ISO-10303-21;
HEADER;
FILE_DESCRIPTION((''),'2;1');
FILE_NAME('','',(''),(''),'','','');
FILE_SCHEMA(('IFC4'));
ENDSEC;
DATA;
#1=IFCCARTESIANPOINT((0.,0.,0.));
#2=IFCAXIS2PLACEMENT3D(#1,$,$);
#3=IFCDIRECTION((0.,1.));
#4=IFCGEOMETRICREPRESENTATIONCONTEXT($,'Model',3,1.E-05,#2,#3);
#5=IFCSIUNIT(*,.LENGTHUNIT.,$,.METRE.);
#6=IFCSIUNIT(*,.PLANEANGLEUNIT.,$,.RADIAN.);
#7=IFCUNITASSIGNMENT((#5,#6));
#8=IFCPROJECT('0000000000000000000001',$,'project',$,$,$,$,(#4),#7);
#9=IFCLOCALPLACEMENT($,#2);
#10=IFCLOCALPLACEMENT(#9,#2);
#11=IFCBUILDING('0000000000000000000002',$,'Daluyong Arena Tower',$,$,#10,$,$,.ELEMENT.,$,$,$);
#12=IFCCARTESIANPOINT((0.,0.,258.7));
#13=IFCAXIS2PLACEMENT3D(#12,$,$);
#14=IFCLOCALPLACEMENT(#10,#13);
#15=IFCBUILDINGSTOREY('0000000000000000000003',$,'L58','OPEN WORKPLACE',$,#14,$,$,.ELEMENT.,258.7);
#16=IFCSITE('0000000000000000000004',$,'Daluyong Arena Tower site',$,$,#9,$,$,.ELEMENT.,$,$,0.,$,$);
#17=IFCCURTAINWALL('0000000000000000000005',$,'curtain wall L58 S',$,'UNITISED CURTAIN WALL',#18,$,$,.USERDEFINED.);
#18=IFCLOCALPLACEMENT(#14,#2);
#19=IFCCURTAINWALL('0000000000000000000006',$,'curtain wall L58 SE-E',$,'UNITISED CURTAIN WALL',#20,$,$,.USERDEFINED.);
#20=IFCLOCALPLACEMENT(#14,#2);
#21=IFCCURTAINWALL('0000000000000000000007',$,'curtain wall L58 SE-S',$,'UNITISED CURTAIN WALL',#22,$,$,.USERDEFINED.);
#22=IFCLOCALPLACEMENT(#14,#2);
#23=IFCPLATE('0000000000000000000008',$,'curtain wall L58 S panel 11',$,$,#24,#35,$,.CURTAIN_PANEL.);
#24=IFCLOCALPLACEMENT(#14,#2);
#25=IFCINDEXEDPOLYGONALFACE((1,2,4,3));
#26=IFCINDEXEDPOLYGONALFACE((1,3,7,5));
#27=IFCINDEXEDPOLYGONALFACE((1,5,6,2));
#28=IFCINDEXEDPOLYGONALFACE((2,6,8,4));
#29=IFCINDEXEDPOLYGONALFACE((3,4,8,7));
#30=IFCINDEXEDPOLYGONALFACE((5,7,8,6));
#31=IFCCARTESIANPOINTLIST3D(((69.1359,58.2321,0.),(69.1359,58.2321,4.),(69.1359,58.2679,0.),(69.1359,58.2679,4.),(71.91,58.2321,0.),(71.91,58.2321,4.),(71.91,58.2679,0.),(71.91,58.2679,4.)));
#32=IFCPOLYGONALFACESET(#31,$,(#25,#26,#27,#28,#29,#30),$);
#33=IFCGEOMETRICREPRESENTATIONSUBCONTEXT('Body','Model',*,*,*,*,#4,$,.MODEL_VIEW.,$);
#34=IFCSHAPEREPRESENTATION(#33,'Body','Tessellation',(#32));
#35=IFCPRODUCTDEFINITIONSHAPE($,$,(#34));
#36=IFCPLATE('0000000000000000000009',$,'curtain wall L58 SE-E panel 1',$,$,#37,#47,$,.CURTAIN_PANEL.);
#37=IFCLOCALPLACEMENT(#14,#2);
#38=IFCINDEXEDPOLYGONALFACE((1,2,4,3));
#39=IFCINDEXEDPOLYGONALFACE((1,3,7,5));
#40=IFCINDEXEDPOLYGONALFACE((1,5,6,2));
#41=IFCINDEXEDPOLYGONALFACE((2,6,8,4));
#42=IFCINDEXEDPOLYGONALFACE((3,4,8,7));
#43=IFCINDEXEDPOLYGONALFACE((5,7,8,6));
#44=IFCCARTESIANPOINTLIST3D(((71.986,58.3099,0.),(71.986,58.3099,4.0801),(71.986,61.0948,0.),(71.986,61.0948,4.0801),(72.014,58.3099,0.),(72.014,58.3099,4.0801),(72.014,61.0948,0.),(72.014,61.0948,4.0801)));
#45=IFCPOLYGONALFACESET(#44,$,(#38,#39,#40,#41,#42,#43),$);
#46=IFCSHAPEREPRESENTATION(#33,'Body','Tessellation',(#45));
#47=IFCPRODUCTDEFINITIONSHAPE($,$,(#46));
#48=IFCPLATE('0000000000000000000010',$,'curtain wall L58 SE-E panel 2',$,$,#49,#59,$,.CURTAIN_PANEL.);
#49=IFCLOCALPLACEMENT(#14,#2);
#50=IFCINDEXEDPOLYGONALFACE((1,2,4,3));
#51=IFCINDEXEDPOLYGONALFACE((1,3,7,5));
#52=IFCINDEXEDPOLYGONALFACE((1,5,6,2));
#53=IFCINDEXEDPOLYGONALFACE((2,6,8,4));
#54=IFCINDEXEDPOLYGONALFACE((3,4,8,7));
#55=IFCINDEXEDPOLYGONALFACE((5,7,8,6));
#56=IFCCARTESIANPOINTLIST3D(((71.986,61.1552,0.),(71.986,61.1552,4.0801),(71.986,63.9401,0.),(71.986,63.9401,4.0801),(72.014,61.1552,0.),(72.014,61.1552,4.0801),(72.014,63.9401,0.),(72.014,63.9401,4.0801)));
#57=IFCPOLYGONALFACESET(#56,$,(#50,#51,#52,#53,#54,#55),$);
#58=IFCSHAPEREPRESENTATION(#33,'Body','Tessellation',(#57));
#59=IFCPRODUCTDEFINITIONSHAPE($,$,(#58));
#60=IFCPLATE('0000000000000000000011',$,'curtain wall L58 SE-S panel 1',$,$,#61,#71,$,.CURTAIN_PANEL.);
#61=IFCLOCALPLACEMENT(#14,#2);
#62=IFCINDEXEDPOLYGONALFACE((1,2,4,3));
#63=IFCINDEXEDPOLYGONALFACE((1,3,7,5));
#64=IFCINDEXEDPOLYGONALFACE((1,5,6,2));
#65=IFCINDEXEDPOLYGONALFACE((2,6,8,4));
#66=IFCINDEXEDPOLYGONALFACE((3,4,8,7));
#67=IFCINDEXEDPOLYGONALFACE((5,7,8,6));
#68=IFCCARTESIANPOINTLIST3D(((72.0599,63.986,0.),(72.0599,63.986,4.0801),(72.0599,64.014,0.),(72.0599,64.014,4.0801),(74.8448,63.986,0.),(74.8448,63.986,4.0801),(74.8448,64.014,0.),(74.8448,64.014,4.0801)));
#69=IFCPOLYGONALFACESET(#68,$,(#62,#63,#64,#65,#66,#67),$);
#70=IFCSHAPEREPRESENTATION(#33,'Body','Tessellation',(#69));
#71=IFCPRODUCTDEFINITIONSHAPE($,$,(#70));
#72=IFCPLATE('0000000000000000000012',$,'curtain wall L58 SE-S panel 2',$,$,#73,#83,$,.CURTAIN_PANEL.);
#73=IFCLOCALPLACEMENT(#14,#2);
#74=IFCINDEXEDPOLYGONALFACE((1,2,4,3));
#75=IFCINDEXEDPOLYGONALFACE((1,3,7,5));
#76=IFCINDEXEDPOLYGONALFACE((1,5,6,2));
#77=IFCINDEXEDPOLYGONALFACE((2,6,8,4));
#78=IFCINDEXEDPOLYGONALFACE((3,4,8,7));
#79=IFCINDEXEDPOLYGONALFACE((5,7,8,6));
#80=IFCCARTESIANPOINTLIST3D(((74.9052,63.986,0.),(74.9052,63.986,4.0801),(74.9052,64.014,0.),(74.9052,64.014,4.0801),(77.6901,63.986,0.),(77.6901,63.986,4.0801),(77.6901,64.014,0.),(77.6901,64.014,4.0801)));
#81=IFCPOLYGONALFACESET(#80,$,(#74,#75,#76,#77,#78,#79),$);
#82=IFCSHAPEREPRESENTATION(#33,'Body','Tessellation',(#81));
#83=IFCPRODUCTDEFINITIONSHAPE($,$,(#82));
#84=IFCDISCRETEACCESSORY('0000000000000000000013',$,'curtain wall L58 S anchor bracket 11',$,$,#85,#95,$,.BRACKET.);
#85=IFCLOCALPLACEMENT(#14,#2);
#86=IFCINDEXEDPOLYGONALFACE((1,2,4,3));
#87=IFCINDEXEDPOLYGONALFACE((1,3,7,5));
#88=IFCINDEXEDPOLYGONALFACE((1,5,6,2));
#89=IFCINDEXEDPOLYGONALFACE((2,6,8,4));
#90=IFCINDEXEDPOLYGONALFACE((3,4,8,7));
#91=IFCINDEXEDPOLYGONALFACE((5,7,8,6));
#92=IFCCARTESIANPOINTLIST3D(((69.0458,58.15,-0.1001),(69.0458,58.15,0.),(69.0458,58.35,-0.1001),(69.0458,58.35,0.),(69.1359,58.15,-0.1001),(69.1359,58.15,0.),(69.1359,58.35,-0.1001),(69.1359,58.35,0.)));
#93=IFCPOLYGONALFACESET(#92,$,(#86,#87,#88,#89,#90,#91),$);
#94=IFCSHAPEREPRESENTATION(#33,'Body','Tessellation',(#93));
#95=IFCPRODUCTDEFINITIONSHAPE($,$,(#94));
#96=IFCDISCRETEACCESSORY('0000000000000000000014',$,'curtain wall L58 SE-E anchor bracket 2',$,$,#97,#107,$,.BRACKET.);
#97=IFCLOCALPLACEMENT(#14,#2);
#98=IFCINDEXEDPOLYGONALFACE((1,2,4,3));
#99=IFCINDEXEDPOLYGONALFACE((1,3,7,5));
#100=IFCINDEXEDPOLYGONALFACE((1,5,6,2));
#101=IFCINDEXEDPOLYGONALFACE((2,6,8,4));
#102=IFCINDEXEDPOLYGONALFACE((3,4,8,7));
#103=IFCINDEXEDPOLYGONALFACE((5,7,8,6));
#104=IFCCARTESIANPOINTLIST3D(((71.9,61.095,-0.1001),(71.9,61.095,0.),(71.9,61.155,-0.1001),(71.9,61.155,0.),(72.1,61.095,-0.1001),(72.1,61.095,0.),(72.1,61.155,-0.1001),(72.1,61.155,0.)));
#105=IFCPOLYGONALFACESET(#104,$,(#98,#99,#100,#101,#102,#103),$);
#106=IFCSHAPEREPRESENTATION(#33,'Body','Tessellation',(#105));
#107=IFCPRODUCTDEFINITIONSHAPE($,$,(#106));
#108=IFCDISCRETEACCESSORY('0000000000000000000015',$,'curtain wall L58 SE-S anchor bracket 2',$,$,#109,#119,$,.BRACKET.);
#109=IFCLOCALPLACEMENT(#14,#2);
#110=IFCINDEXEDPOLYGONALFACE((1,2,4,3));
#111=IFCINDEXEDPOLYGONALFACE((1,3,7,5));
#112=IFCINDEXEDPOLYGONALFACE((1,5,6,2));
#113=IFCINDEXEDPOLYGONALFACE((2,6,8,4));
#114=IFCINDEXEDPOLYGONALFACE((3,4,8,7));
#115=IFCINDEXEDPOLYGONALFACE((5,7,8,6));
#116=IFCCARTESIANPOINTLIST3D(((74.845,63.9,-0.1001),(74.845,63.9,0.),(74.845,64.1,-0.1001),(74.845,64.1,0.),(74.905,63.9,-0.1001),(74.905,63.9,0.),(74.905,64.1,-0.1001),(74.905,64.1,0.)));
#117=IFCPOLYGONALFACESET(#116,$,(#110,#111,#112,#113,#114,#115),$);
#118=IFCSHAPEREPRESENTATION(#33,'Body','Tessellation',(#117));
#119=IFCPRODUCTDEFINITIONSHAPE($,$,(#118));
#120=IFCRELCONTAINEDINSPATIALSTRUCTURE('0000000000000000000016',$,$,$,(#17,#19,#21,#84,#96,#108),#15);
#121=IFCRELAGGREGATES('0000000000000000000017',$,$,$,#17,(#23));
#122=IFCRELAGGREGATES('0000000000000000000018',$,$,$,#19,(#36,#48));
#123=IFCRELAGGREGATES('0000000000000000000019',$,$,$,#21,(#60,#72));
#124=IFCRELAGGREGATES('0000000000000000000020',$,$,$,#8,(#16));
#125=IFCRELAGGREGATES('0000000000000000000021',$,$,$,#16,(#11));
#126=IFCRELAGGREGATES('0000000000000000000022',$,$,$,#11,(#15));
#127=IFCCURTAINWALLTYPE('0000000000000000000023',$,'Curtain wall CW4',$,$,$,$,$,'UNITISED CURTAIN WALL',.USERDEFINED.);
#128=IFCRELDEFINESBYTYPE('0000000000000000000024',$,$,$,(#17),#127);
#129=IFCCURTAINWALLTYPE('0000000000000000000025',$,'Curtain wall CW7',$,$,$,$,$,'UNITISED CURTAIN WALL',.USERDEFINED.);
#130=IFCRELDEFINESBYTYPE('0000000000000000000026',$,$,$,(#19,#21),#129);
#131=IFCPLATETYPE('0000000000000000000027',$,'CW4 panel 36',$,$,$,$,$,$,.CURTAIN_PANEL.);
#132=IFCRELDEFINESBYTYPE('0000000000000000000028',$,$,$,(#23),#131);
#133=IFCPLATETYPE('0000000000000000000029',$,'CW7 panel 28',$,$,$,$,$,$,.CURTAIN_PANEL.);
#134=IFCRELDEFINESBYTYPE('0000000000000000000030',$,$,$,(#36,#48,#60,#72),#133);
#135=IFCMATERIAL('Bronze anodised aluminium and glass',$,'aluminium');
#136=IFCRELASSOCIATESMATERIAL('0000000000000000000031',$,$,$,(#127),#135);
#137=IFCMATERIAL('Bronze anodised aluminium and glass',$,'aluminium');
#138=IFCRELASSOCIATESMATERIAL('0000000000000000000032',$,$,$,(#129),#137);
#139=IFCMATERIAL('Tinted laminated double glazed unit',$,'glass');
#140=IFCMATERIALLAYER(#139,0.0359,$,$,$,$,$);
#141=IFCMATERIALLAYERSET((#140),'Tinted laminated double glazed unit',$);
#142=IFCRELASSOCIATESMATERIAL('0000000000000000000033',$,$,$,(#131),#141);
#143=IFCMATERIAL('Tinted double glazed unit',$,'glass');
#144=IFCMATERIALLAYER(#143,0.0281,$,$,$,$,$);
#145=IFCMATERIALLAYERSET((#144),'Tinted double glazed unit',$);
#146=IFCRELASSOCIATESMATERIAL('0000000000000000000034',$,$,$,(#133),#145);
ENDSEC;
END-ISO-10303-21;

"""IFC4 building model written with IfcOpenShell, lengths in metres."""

from ifc_helpers import new_model, si_unit, direction, frame, origin, origin_2d, place, context, subcontext, project, spatial, rectangle, extrude, material, layer, layer_set, type_object, element, aggregate, save


model = new_model("IFC4")

# Units and contexts
model_context = context("Model", 3, precision=1e-05, world=origin(), true_north=direction((0.0, 1.0)))
body_context = subcontext(model_context, "Body", "Model", "MODEL_VIEW")
ifc_project = project(units=[si_unit("LENGTHUNIT", "METRE"), si_unit("PLANEANGLEUNIT", "RADIAN")], contexts=[model_context])

# Site, building, storey
site_placement = place(None, origin())
site = spatial("IfcSite", under=ifc_project, at=site_placement, Name="Daluyong Arena Tower site", CompositionType="ELEMENT", RefElevation=0.0)
building_placement = place(site_placement, origin())
building = spatial("IfcBuilding", under=site, at=building_placement, Name="Daluyong Arena Tower", CompositionType="ELEMENT")
storey_placement = place(building_placement, frame((0.0, 0.0, 258.7)))
storey = spatial("IfcBuildingStorey", under=building, at=storey_placement, Name="L58", Description="OPEN WORKPLACE", CompositionType="ELEMENT", Elevation=258.7)

# Curtain wall
ifc_material_1 = material(Name="Bronze anodised aluminium and glass", Category="aluminium")
curtain_wall_type_1 = type_object("IfcCurtainWallType", Name="Curtain wall CW4", ElementType="UNITISED CURTAIN WALL", PredefinedType="USERDEFINED", material=ifc_material_1)
curtain_wall_1_placement = place(storey_placement, origin())
curtain_wall_1 = element("IfcCurtainWall", 1, at=curtain_wall_1_placement, inside=storey, type_object=curtain_wall_type_1, Name="curtain wall L58 S", ObjectType="UNITISED CURTAIN WALL", PredefinedType="USERDEFINED")

# Curtain walls
ifc_material_2 = material(Name="Bronze anodised aluminium and glass", Category="aluminium")
curtain_wall_type_2 = type_object("IfcCurtainWallType", Name="Curtain wall CW7", ElementType="UNITISED CURTAIN WALL", PredefinedType="USERDEFINED", material=ifc_material_2)
curtain_wall_2_placement = place(storey_placement, origin())
curtain_wall_2 = element("IfcCurtainWall", 2, at=curtain_wall_2_placement, inside=storey, type_object=curtain_wall_type_2, Name="curtain wall L58 SE-E", ObjectType="UNITISED CURTAIN WALL", PredefinedType="USERDEFINED")
curtain_wall_3_placement = place(storey_placement, origin())
curtain_wall_3 = element("IfcCurtainWall", 3, at=curtain_wall_3_placement, inside=storey, type_object=curtain_wall_type_2, Name="curtain wall L58 SE-S", ObjectType="UNITISED CURTAIN WALL", PredefinedType="USERDEFINED")

# Plates
ifc_material_3 = material(Name="Tinted laminated double glazed unit", Category="glass")
ifc_layer_1 = layer(ifc_material_3, 0.0359)
ifc_layer_set_1 = layer_set([ifc_layer_1], Name="Tinted laminated double glazed unit")
plate_type_1 = type_object("IfcPlateType", Name="CW4 panel 36", PredefinedType="CURTAIN_PANEL", material=ifc_layer_set_1)
plate_1_placement = place(storey_placement, frame((70.5229, 58.25, 0.0), z_axis=(0.0, 0.0, 1.0), x_axis=(1.0, 0.0, 0.0)))
plate_1 = element("IfcPlate", 4, at=plate_1_placement, type_object=plate_type_1, Name="curtain wall L58 S panel 11", PredefinedType="CURTAIN_PANEL", context=body_context, shape_type="SweptSolid", body=[
    extrude(rectangle(XDim=2.7742, YDim=0.0359, at=origin_2d()), origin(), (0.0, 0.0, 1.0), 4.0),
])
aggregate(curtain_wall_1, [plate_1])
ifc_material_4 = material(Name="Tinted double glazed unit", Category="glass")
ifc_layer_2 = layer(ifc_material_4, 0.0281)
ifc_layer_set_2 = layer_set([ifc_layer_2], Name="Tinted double glazed unit")
plate_type_2 = type_object("IfcPlateType", Name="CW7 panel 28", PredefinedType="CURTAIN_PANEL", material=ifc_layer_set_2)
plate_2_placement = place(storey_placement, frame((72.0, 59.7024, 0.0), z_axis=(0.0, 0.0, 1.0), x_axis=(0.0, 1.0, 0.0)))
plate_2 = element("IfcPlate", 5, at=plate_2_placement, type_object=plate_type_2, Name="curtain wall L58 SE-E panel 1", PredefinedType="CURTAIN_PANEL", context=body_context, shape_type="SweptSolid", body=[
    extrude(rectangle(XDim=2.7849, YDim=0.0281, at=origin_2d()), origin(), (0.0, 0.0, 1.0), 4.0801),
])
plate_3_placement = place(storey_placement, frame((72.0, 62.5476, 0.0), z_axis=(0.0, 0.0, 1.0), x_axis=(0.0, 1.0, 0.0)))
plate_3 = element("IfcPlate", 6, at=plate_3_placement, type_object=plate_type_2, Name="curtain wall L58 SE-E panel 2", PredefinedType="CURTAIN_PANEL", context=body_context, shape_type="SweptSolid", body=[
    extrude(rectangle(XDim=2.7849, YDim=0.0281, at=origin_2d()), origin(), (0.0, 0.0, 1.0), 4.0801),
])
aggregate(curtain_wall_2, [plate_2, plate_3])
plate_4_placement = place(storey_placement, frame((73.4524, 64.0, 0.0), z_axis=(0.0, 0.0, 1.0), x_axis=(1.0, 0.0, 0.0)))
plate_4 = element("IfcPlate", 7, at=plate_4_placement, type_object=plate_type_2, Name="curtain wall L58 SE-S panel 1", PredefinedType="CURTAIN_PANEL", context=body_context, shape_type="SweptSolid", body=[
    extrude(rectangle(XDim=2.7849, YDim=0.0281, at=origin_2d()), origin(), (0.0, 0.0, 1.0), 4.0801),
])
plate_5_placement = place(storey_placement, frame((76.2976, 64.0, 0.0), z_axis=(0.0, 0.0, 1.0), x_axis=(1.0, 0.0, 0.0)))
plate_5 = element("IfcPlate", 8, at=plate_5_placement, type_object=plate_type_2, Name="curtain wall L58 SE-S panel 2", PredefinedType="CURTAIN_PANEL", context=body_context, shape_type="SweptSolid", body=[
    extrude(rectangle(XDim=2.7849, YDim=0.0281, at=origin_2d()), origin(), (0.0, 0.0, 1.0), 4.0801),
])
aggregate(curtain_wall_3, [plate_4, plate_5])

# Discrete accessories
discrete_accessory_placement = place(storey_placement, frame((69.0908, 58.25, -0.1001), z_axis=(0.0, 0.0, 1.0), x_axis=(1.0, 0.0, 0.0)))
element("IfcDiscreteAccessory", 9, at=discrete_accessory_placement, inside=storey, Name="curtain wall L58 S anchor bracket 11", PredefinedType="BRACKET", context=body_context, shape_type="SweptSolid", body=[
    extrude(rectangle(XDim=0.0901, YDim=0.2, at=origin_2d()), origin(), (0.0, 0.0, 1.0), 0.1001),
])
for number, where, z_axis, x_axis, name in (
    (10, (72.0, 61.125, -0.1001), (0.0, 0.0, 1.0), (0.0, 1.0, 0.0), "curtain wall L58 SE-E anchor bracket 2"),
    (11, (74.875, 64.0, -0.1001), (0.0, 0.0, 1.0), (1.0, 0.0, 0.0), "curtain wall L58 SE-S anchor bracket 2"),
):
    element("IfcDiscreteAccessory", number, at=place(storey_placement, frame(where, z_axis=z_axis, x_axis=x_axis)), inside=storey, Name=name, PredefinedType="BRACKET", context=body_context, shape_type="SweptSolid", body=[
        extrude(rectangle(XDim=0.0601, YDim=0.2, at=origin_2d()), origin(), (0.0, 0.0, 1.0), 0.1001),
    ])

save(model, "model.ifc")
